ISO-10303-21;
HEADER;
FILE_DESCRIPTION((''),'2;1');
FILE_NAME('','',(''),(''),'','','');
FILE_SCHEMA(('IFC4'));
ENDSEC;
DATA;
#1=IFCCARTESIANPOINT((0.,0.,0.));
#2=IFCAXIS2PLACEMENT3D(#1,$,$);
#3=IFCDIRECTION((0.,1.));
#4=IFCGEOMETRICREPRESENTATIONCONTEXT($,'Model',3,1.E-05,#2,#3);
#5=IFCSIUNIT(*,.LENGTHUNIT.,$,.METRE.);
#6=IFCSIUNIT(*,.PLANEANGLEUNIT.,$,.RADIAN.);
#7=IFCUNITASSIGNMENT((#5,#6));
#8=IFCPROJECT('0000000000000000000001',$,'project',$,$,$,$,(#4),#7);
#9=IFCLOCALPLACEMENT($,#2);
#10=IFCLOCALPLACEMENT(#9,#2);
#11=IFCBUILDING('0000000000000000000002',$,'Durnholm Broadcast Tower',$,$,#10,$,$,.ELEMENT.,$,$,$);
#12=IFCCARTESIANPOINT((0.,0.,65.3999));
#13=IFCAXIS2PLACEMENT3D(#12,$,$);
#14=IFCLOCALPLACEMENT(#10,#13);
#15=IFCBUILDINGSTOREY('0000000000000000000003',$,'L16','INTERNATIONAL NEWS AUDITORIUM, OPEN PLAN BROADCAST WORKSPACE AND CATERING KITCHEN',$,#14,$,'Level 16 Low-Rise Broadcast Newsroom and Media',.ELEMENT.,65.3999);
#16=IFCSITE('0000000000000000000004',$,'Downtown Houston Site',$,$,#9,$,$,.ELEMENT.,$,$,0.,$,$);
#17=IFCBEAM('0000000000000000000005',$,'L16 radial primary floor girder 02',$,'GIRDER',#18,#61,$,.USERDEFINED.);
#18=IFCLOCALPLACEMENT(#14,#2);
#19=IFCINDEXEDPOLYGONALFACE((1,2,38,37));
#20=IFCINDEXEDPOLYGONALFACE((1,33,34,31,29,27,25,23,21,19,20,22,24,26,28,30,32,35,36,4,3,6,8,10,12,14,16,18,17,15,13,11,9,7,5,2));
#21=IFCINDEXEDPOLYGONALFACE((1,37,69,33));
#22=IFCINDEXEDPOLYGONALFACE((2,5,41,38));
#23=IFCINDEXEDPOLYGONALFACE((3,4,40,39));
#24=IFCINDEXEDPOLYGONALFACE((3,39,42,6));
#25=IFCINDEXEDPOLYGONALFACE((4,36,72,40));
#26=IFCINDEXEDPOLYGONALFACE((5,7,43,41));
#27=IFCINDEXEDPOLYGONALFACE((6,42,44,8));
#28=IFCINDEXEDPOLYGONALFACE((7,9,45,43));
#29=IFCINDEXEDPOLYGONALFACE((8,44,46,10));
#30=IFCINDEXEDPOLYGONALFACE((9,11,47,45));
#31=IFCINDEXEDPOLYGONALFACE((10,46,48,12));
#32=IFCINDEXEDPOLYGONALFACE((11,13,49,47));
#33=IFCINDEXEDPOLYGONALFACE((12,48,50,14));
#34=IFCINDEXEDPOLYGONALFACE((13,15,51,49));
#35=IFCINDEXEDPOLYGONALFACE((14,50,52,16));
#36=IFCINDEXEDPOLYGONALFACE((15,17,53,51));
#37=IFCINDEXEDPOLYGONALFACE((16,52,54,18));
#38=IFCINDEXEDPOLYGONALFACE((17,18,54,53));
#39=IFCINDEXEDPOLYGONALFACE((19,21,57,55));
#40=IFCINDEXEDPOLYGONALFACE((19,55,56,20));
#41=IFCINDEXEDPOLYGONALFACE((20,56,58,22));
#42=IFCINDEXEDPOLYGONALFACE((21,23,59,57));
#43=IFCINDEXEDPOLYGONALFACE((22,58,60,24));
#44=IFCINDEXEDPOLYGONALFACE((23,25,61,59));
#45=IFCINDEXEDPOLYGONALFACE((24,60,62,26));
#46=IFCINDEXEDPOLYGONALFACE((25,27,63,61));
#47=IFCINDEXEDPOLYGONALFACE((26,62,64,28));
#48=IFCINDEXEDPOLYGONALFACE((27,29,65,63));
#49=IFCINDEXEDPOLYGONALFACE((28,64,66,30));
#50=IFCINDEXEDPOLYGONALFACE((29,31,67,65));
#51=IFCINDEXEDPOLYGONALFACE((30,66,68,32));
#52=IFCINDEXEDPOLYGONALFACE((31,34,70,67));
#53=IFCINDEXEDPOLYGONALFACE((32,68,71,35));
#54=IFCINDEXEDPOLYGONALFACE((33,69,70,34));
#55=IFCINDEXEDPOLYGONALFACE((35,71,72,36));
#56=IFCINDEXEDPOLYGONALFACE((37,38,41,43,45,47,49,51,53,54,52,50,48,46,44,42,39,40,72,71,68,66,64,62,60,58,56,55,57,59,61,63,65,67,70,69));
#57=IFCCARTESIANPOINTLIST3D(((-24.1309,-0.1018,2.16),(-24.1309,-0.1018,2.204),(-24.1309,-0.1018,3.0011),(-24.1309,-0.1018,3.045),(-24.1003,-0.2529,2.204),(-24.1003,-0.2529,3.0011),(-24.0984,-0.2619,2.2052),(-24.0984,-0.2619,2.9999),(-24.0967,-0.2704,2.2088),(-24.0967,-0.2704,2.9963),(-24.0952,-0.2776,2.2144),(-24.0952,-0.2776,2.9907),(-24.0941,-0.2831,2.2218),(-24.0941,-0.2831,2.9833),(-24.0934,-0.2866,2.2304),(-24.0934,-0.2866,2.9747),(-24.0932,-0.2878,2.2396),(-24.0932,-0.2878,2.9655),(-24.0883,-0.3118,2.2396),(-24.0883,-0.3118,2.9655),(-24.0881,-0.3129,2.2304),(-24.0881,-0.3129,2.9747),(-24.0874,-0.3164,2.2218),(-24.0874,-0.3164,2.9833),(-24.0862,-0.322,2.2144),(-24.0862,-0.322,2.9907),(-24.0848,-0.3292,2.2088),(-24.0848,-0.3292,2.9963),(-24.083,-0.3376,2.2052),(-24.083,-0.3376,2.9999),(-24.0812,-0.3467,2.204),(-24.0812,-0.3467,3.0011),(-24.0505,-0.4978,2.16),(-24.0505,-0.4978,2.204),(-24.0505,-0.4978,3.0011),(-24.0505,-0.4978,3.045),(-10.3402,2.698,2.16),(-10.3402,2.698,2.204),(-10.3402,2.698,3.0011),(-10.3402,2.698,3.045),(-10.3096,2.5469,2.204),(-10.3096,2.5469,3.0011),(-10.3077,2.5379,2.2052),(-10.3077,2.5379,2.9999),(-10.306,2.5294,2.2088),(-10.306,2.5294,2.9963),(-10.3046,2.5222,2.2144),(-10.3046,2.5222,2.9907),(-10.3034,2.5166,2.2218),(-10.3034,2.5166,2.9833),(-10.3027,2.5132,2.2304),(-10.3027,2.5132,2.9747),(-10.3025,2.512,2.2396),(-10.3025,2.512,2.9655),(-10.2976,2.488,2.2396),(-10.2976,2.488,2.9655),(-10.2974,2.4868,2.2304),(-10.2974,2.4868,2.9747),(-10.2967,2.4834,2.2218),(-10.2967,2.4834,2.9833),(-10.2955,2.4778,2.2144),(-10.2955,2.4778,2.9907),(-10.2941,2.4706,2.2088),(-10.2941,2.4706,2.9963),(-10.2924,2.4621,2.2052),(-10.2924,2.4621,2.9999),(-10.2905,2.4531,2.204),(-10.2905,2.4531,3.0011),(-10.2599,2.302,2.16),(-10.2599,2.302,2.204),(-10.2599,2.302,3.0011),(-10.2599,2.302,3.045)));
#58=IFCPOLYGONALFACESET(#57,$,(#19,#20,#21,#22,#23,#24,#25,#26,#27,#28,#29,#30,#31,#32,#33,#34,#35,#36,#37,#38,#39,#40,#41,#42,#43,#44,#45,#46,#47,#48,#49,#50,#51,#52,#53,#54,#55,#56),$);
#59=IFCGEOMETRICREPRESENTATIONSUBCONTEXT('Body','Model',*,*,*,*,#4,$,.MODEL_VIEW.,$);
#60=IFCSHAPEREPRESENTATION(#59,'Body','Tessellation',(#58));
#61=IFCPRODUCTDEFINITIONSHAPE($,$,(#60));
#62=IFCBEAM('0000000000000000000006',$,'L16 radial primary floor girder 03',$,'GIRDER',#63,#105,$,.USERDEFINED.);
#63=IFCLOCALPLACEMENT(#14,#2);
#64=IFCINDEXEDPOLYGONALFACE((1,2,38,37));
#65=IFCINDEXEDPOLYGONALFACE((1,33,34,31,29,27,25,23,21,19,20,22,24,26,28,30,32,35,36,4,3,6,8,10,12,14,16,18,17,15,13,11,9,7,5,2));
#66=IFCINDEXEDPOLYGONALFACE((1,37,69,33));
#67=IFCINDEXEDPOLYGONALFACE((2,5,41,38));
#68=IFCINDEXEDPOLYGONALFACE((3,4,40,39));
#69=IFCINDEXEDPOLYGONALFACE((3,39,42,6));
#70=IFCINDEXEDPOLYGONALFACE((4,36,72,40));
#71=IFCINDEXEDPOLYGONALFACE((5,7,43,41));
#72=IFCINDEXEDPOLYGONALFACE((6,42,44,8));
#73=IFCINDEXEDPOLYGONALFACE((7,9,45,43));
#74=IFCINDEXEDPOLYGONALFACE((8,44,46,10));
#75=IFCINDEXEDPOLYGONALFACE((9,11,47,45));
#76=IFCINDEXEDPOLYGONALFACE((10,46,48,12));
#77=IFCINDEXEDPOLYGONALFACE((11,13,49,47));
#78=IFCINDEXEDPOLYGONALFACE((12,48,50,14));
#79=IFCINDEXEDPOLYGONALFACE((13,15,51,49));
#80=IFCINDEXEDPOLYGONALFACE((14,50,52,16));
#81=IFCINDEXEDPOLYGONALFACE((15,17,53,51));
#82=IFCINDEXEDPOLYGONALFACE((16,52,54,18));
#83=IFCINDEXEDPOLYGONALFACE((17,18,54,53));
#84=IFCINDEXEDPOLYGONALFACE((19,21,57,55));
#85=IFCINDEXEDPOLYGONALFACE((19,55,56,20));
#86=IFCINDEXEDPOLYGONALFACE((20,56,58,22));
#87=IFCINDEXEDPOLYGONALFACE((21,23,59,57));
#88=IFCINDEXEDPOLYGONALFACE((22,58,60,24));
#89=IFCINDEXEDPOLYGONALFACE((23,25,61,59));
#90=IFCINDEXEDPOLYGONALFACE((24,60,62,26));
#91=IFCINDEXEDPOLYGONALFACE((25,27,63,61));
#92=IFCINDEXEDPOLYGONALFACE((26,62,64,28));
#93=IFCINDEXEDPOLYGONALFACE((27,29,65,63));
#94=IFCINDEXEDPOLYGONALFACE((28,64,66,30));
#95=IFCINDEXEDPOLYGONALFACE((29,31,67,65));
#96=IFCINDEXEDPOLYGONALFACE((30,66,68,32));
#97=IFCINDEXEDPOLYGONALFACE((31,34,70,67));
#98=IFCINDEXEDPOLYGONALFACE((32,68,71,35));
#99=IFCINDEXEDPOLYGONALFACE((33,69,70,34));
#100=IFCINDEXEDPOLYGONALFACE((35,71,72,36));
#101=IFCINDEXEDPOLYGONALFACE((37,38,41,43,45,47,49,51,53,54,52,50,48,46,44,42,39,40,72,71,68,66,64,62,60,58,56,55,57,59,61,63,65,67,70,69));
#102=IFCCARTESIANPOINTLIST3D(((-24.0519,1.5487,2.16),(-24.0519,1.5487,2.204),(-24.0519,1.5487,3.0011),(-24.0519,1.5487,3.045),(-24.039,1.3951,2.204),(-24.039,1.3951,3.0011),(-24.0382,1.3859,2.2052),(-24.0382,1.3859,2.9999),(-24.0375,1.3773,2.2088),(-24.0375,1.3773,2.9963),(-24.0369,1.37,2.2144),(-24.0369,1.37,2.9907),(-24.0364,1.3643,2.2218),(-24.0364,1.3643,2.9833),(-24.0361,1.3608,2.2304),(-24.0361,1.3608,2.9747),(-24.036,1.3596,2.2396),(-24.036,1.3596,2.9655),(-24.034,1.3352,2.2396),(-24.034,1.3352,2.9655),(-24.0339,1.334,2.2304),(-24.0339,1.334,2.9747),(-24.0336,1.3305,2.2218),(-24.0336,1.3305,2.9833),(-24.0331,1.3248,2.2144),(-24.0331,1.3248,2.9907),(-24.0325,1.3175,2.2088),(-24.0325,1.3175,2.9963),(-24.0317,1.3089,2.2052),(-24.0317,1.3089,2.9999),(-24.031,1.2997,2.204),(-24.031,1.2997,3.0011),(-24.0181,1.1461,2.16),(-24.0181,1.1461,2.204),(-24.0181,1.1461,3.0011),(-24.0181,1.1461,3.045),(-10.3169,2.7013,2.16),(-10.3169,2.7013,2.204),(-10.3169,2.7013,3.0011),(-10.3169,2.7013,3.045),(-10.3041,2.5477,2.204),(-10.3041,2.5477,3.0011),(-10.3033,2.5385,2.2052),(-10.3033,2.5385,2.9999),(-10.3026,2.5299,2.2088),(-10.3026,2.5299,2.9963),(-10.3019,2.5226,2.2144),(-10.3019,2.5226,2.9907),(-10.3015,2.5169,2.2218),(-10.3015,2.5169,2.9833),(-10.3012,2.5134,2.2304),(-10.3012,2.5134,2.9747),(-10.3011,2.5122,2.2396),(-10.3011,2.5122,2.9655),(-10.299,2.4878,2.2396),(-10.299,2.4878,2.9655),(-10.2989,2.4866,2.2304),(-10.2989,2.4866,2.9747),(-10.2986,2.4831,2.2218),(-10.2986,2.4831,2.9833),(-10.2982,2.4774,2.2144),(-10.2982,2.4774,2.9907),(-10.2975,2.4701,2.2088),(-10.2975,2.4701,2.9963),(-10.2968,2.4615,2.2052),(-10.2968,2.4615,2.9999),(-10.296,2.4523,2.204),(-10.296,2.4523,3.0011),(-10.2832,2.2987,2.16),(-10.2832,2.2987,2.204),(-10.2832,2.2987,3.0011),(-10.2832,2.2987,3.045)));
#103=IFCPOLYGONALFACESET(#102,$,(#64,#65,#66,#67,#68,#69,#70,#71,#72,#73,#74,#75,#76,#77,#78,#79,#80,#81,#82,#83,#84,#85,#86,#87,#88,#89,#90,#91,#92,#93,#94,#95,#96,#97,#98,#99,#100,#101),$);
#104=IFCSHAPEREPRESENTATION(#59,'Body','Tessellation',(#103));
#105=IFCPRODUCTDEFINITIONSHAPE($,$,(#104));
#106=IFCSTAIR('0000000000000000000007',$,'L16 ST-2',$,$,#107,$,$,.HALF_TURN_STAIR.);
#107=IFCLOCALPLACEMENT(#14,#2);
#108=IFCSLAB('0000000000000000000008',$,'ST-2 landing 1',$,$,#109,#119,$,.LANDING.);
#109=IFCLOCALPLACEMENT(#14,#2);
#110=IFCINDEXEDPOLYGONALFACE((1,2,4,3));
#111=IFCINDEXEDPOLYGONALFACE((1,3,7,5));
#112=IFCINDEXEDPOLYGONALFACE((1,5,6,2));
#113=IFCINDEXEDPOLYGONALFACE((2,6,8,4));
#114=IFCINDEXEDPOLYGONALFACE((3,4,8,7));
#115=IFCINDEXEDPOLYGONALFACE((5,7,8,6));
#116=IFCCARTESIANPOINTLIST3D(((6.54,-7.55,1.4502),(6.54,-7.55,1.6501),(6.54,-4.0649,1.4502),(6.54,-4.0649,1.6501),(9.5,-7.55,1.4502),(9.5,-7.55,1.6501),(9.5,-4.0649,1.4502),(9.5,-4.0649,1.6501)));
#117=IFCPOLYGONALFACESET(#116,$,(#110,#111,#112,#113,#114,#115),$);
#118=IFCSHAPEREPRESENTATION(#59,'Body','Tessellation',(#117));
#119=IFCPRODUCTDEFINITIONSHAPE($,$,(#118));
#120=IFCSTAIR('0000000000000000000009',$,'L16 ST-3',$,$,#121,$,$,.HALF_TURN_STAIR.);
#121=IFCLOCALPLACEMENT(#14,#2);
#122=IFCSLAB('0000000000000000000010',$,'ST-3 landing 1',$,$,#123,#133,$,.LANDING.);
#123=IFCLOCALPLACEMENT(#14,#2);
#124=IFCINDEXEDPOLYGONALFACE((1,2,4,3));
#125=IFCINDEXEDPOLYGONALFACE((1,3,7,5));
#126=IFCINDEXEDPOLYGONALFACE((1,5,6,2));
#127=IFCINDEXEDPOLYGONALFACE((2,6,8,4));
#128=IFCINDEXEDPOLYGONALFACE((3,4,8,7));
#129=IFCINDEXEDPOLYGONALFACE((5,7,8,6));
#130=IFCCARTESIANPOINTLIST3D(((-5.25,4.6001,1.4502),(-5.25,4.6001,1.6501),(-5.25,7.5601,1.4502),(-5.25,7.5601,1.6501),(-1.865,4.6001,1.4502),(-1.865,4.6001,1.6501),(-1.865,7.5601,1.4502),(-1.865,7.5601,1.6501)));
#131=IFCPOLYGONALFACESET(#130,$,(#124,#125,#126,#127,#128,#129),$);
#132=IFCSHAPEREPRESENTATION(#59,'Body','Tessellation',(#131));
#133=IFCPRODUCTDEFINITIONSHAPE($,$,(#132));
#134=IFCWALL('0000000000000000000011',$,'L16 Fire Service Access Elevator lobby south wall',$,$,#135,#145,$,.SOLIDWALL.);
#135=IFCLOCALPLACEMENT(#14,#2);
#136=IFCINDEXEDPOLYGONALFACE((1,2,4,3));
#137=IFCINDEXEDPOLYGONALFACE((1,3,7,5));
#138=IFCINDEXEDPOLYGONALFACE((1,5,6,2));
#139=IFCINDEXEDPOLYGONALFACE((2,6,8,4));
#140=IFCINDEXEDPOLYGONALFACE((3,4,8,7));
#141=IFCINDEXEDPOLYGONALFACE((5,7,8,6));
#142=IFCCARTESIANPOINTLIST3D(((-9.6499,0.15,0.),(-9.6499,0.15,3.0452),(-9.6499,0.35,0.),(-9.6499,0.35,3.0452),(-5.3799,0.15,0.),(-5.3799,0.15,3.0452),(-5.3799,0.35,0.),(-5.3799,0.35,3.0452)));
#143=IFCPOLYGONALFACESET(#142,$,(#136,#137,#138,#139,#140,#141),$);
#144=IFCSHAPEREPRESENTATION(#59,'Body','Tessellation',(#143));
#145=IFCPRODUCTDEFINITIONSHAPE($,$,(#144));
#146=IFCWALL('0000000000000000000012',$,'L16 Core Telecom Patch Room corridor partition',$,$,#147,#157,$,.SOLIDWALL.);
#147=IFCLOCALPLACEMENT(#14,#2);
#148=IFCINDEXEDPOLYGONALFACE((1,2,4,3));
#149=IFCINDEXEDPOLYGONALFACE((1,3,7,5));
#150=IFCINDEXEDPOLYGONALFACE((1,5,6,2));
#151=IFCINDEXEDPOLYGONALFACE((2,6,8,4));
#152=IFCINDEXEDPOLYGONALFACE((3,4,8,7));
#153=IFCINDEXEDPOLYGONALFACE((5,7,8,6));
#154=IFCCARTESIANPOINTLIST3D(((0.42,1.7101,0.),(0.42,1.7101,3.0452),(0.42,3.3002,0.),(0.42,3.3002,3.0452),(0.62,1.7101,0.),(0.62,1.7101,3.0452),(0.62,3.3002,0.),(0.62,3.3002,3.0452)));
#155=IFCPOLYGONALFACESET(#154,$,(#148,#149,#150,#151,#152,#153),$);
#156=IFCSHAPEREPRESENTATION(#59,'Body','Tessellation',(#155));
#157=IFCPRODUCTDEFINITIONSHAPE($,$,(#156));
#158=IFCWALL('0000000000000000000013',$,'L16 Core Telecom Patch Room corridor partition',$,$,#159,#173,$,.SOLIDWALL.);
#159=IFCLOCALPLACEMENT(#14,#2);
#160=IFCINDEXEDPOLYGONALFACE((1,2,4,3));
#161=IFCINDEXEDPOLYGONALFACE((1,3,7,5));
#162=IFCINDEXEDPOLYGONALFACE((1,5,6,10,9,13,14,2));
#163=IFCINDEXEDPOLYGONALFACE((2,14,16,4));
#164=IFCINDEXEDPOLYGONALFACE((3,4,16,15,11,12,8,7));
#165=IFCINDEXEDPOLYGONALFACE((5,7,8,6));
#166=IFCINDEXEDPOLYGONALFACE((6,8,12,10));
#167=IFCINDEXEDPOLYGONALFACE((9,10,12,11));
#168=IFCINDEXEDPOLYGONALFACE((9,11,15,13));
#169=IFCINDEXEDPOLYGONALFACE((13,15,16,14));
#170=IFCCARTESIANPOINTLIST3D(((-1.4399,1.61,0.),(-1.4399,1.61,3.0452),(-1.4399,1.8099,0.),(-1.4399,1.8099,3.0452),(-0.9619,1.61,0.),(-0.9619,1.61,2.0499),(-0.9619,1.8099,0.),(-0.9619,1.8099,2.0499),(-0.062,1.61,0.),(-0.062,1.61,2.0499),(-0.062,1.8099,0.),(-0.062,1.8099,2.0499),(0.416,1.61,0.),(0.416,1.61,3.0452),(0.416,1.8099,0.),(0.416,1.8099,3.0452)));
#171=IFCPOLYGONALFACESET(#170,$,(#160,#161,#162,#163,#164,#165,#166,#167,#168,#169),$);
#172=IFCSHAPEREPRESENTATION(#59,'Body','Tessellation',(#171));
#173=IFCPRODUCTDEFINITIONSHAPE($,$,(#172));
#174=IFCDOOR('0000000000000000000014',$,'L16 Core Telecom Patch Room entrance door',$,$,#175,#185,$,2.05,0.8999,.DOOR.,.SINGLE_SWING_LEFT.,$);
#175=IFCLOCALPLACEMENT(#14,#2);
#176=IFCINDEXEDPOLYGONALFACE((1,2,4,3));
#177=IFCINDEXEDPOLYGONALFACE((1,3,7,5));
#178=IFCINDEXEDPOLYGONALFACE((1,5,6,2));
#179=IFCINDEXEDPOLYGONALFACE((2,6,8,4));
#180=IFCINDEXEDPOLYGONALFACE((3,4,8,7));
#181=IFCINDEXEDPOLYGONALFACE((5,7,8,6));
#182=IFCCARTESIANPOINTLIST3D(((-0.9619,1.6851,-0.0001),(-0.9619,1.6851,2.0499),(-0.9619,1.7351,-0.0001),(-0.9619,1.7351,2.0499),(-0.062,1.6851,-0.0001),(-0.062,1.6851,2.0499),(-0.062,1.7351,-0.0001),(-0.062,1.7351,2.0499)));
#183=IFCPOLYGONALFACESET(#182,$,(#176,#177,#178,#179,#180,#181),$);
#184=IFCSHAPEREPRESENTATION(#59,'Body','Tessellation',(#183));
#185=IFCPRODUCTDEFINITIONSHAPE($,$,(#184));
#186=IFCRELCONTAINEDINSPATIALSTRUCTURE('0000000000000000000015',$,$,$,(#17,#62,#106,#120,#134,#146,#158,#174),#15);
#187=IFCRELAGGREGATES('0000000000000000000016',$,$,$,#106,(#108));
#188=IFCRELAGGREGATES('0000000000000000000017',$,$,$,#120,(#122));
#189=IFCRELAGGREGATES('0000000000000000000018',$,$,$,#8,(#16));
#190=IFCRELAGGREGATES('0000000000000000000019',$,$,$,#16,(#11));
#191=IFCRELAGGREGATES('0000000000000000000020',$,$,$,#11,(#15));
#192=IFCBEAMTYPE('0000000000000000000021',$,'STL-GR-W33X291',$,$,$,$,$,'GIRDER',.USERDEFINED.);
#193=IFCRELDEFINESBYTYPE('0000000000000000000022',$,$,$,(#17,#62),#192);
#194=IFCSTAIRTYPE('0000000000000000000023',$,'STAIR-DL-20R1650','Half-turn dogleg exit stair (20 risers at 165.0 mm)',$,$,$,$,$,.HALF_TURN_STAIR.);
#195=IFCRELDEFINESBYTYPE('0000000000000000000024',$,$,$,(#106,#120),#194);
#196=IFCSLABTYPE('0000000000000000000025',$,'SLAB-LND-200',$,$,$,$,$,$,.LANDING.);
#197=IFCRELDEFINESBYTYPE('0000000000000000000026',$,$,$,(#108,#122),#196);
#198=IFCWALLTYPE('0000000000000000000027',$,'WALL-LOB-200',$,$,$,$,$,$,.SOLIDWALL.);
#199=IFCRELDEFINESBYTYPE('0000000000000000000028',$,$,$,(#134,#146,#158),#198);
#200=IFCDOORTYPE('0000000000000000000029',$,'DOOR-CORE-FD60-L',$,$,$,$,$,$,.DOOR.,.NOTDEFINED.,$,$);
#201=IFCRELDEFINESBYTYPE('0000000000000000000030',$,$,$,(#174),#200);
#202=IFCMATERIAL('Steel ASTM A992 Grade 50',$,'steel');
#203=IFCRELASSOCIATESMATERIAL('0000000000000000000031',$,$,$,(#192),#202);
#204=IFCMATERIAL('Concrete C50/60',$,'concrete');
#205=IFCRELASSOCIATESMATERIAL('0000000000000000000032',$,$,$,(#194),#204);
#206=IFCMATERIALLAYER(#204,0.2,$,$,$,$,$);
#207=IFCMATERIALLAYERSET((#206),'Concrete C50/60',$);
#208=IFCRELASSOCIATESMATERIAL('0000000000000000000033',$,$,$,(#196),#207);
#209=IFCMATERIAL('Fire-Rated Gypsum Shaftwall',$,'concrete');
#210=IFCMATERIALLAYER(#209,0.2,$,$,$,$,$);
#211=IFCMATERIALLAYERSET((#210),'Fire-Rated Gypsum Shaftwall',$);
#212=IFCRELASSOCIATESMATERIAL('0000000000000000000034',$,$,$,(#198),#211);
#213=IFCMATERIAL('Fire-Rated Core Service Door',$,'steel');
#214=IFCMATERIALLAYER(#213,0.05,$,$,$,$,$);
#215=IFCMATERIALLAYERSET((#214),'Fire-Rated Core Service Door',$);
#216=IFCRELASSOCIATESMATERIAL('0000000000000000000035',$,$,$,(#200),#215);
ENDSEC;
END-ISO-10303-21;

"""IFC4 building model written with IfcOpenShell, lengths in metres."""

from ifc_helpers import new_model, si_unit, direction, frame, frame_2d, origin, origin_2d, place, context, subcontext, project, spatial, polyline, rectangle, i_section, outline, extrude, source, transform, mapped, material, layer, layer_set, material_profile, profile_set, type_object, type_shapes, element, fill, aggregate, save


model = new_model("IFC4")

# Units and contexts
model_context = context("Model", 3, precision=1e-05, world=origin(), true_north=direction((0.0, 1.0)))
body_context = subcontext(model_context, "Body", "Model", "MODEL_VIEW")
ifc_project = project(units=[si_unit("LENGTHUNIT", "METRE"), si_unit("PLANEANGLEUNIT", "RADIAN")], contexts=[model_context])

# Site, building, storey
site_placement = place(None, origin())
site = spatial("IfcSite", under=ifc_project, at=site_placement, Name="Downtown Houston Site", CompositionType="ELEMENT", RefElevation=0.0)
building_placement = place(site_placement, origin())
building = spatial("IfcBuilding", under=site, at=building_placement, Name="Durnholm Broadcast Tower", CompositionType="ELEMENT")
storey_placement = place(building_placement, frame((0.0, 0.0, 65.3999)))
storey = spatial("IfcBuildingStorey", under=building, at=storey_placement, Name="L16", Description="INTERNATIONAL NEWS AUDITORIUM, OPEN PLAN BROADCAST WORKSPACE AND CATERING KITCHEN", LongName="Level 16 Low-Rise Broadcast Newsroom and Media", CompositionType="ELEMENT", Elevation=65.3999)

# Beams
ifc_material_1 = material(Name="Steel ASTM A992 Grade 50", Category="steel")
ifc_material_profile = material_profile(ifc_material_1, i_section(OverallWidth=0.4041, OverallDepth=0.885, WebThickness=0.0244, FlangeThickness=0.0439, FilletRadius=0.0356, at=origin_2d()), Name="W33X291")
ifc_profile_set = profile_set([ifc_material_profile], Name="Steel ASTM A992 Grade 50")
beam_type = type_object("IfcBeamType", Name="STL-GR-W33X291", ElementType="GIRDER", PredefinedType="USERDEFINED", material=ifc_profile_set)
shared_shape_1 = source(origin(), body_context, "Body", "SweptSolid", [
    extrude(i_section(OverallWidth=0.4041, OverallDepth=0.885, WebThickness=0.0244, FlangeThickness=0.0439, FilletRadius=0.0356, at=origin_2d()), origin(), (0.0, 0.0, 1.0), 14.072),
])
beam_1_placement = place(storey_placement, frame((-10.3, 2.5, 2.6025), z_axis=(-0.980007, -0.198961, 0.0), x_axis=(0.198961, -0.980007, 0.0)))
element("IfcBeam", 1, at=beam_1_placement, inside=storey, type_object=beam_type, Name="L16 radial primary floor girder 02", ObjectType="GIRDER", PredefinedType="USERDEFINED", context=body_context, shape_type="MappedRepresentation", body=[
    mapped(shared_shape_1, transform((0.0, 0.0, 0.0), x_axis=(1.0, 0.0, 0.0), y_axis=(0.0, 1.0, 0.0), z_axis=(0.0, 0.0, 1.0), scale=1.0)),
])
shared_shape_2 = source(origin(), body_context, "Body", "SweptSolid", [
    extrude(i_section(OverallWidth=0.4041, OverallDepth=0.885, WebThickness=0.0244, FlangeThickness=0.0439, FilletRadius=0.0356, at=origin_2d()), origin(), (0.0, 0.0, 1.0), 13.7832),
])
type_shapes(beam_type, [shared_shape_1, shared_shape_2])
beam_2_placement = place(storey_placement, frame((-10.3, 2.5, 2.6025), z_axis=(-0.996497, -0.083623, 0.0), x_axis=(0.083623, -0.996497, 0.0)))
element("IfcBeam", 2, at=beam_2_placement, inside=storey, type_object=beam_type, Name="L16 radial primary floor girder 03", ObjectType="GIRDER", PredefinedType="USERDEFINED", context=body_context, shape_type="MappedRepresentation", body=[
    mapped(shared_shape_2, transform((0.0, 0.0, 0.0), x_axis=(1.0, 0.0, 0.0), y_axis=(0.0, 1.0, 0.0), z_axis=(0.0, 0.0, 1.0), scale=1.0)),
])

# Stairs, slabs
ifc_material_2 = material(Name="Concrete C50/60", Category="concrete")
stair_type = type_object("IfcStairType", Name="STAIR-DL-20R1650", Description="Half-turn dogleg exit stair (20 risers at 165.0 mm)", PredefinedType="HALF_TURN_STAIR", material=ifc_material_2)
stair_1_placement = place(storey_placement, origin())
stair_1 = element("IfcStair", 3, at=stair_1_placement, inside=storey, type_object=stair_type, Name="L16 ST-2", PredefinedType="HALF_TURN_STAIR")
ifc_layer_1 = layer(ifc_material_2, 0.2)
ifc_layer_set_1 = layer_set([ifc_layer_1], Name="Concrete C50/60")
slab_type = type_object("IfcSlabType", Name="SLAB-LND-200", PredefinedType="LANDING", material=ifc_layer_set_1)
slab_1_placement = place(storey_placement, frame((0.0, 0.0, 1.4502)))
slab_1 = element("IfcSlab", 4, at=slab_1_placement, type_object=slab_type, Name="ST-2 landing 1", PredefinedType="LANDING", context=body_context, shape_type="SweptSolid", body=[
    extrude(outline(polyline([(6.54, -4.0649), (6.54, -7.55), (9.5, -7.55), (9.5, -4.0649), (6.54, -4.0649)])), origin(), (0.0, 0.0, 1.0), 0.2),
])
aggregate(stair_1, [slab_1])
stair_2_placement = place(storey_placement, origin())
stair_2 = element("IfcStair", 5, at=stair_2_placement, inside=storey, type_object=stair_type, Name="L16 ST-3", PredefinedType="HALF_TURN_STAIR")
slab_2_placement = place(storey_placement, frame((0.0, 0.0, 1.4502)))
slab_2 = element("IfcSlab", 6, at=slab_2_placement, type_object=slab_type, Name="ST-3 landing 1", PredefinedType="LANDING", context=body_context, shape_type="SweptSolid", body=[
    extrude(outline(polyline([(-1.865, 7.5601), (-5.25, 7.5601), (-5.25, 4.6001), (-1.865, 4.6001), (-1.865, 7.5601)])), origin(), (0.0, 0.0, 1.0), 0.2),
])

# Wall
ifc_material_3 = material(Name="Fire-Rated Gypsum Shaftwall", Category="concrete")
ifc_layer_2 = layer(ifc_material_3, 0.2)
ifc_layer_set_2 = layer_set([ifc_layer_2], Name="Fire-Rated Gypsum Shaftwall")
wall_type_1 = type_object("IfcWallType", Name="WALL-LOB-200", PredefinedType="SOLIDWALL", material=ifc_layer_set_2)
wall_1_placement = place(storey_placement, frame((-9.6499, 0.25, 0.0), z_axis=(0.0, 0.0, 1.0), x_axis=(1.0, 0.0, 0.0)))
element("IfcWall", 7, at=wall_1_placement, inside=storey, type_object=wall_type_1, Name="L16 Fire Service Access Elevator lobby south wall", PredefinedType="SOLIDWALL", context=body_context, shape_type="SweptSolid", body=[
    extrude(rectangle(XDim=4.27, YDim=0.2, at=frame_2d((2.135, 0.0))), origin(), (0.0, 0.0, 1.0), 3.0452),
])

# Wall
wall_2_placement = place(storey_placement, frame((0.52, 3.3, 0.0), z_axis=(0.0, 0.0, 1.0), x_axis=(0.0, -1.0, 0.0)))
element("IfcWall", 8, at=wall_2_placement, inside=storey, type_object=wall_type_1, Name="L16 Core Telecom Patch Room corridor partition", PredefinedType="SOLIDWALL", context=body_context, shape_type="SweptSolid", body=[
    extrude(rectangle(XDim=1.5901, YDim=0.2, at=frame_2d((0.7949, 0.0))), origin(), (0.0, 0.0, 1.0), 3.0452),
])

# Wall, opening, door
wall_3_placement = place(storey_placement, frame((0.416, 1.71, 0.0), z_axis=(0.0, 0.0, 1.0), x_axis=(-1.0, 0.0, 0.0)))
wall_3 = element("IfcWall", 9, at=wall_3_placement, inside=storey, type_object=wall_type_1, Name="L16 Core Telecom Patch Room corridor partition", PredefinedType="SOLIDWALL", context=body_context, shape_type="SweptSolid", body=[
    extrude(rectangle(XDim=1.856, YDim=0.2, at=frame_2d((0.928, 0.0))), origin(), (0.0, 0.0, 1.0), 3.0452),
])
opening_1_placement = place(wall_3_placement, frame((0.478, 0.0, 0.0)))
opening_1 = element("IfcOpeningElement", 10, at=opening_1_placement, cuts=wall_3, PredefinedType="OPENING", context=body_context, shape_type="SweptSolid", body=[
    extrude(rectangle(XDim=0.8999, YDim=2.05, at=frame_2d((0.45, 1.0249))), frame((0.0, 0.1099, 0.0), z_axis=(0.0, -1.0, 0.0), x_axis=(1.0, 0.0, 0.0)), (0.0, 0.0, 1.0), 0.22),
])
ifc_material_4 = material(Name="Fire-Rated Core Service Door", Category="steel")
ifc_layer_3 = layer(ifc_material_4, 0.05)
ifc_layer_set_3 = layer_set([ifc_layer_3], Name="Fire-Rated Core Service Door")
door_type_1 = type_object("IfcDoorType", Name="DOOR-CORE-FD60-L", OperationType="NOTDEFINED", PredefinedType="DOOR", material=ifc_layer_set_3)
shared_shape_3 = source(origin(), body_context, "Body", "SweptSolid", [
    extrude(rectangle(XDim=0.8999, YDim=2.05, at=frame_2d((0.45, 1.0249))), frame((0.0, 0.0249, 0.0), z_axis=(0.0, -1.0, 0.0), x_axis=(1.0, 0.0, 0.0)), (0.0, 0.0, 1.0), 0.05),
])
type_shapes(door_type_1, [shared_shape_3])
door_1_placement = place(opening_1_placement, origin())
door_1 = element("IfcDoor", 11, at=door_1_placement, inside=storey, type_object=door_type_1, Name="L16 Core Telecom Patch Room entrance door", OperationType="SINGLE_SWING_LEFT", OverallHeight=2.05, OverallWidth=0.8999, PredefinedType="DOOR", context=body_context, shape_type="MappedRepresentation", body=[
    mapped(shared_shape_3, transform((0.0, 0.0, 0.0), x_axis=(1.0, 0.0, 0.0), y_axis=(0.0, 1.0, 0.0), z_axis=(0.0, 0.0, 1.0), scale=1.0)),
])
fill(opening_1, door_1)

aggregate(stair_2, [slab_2])

save(model, "model.ifc")
